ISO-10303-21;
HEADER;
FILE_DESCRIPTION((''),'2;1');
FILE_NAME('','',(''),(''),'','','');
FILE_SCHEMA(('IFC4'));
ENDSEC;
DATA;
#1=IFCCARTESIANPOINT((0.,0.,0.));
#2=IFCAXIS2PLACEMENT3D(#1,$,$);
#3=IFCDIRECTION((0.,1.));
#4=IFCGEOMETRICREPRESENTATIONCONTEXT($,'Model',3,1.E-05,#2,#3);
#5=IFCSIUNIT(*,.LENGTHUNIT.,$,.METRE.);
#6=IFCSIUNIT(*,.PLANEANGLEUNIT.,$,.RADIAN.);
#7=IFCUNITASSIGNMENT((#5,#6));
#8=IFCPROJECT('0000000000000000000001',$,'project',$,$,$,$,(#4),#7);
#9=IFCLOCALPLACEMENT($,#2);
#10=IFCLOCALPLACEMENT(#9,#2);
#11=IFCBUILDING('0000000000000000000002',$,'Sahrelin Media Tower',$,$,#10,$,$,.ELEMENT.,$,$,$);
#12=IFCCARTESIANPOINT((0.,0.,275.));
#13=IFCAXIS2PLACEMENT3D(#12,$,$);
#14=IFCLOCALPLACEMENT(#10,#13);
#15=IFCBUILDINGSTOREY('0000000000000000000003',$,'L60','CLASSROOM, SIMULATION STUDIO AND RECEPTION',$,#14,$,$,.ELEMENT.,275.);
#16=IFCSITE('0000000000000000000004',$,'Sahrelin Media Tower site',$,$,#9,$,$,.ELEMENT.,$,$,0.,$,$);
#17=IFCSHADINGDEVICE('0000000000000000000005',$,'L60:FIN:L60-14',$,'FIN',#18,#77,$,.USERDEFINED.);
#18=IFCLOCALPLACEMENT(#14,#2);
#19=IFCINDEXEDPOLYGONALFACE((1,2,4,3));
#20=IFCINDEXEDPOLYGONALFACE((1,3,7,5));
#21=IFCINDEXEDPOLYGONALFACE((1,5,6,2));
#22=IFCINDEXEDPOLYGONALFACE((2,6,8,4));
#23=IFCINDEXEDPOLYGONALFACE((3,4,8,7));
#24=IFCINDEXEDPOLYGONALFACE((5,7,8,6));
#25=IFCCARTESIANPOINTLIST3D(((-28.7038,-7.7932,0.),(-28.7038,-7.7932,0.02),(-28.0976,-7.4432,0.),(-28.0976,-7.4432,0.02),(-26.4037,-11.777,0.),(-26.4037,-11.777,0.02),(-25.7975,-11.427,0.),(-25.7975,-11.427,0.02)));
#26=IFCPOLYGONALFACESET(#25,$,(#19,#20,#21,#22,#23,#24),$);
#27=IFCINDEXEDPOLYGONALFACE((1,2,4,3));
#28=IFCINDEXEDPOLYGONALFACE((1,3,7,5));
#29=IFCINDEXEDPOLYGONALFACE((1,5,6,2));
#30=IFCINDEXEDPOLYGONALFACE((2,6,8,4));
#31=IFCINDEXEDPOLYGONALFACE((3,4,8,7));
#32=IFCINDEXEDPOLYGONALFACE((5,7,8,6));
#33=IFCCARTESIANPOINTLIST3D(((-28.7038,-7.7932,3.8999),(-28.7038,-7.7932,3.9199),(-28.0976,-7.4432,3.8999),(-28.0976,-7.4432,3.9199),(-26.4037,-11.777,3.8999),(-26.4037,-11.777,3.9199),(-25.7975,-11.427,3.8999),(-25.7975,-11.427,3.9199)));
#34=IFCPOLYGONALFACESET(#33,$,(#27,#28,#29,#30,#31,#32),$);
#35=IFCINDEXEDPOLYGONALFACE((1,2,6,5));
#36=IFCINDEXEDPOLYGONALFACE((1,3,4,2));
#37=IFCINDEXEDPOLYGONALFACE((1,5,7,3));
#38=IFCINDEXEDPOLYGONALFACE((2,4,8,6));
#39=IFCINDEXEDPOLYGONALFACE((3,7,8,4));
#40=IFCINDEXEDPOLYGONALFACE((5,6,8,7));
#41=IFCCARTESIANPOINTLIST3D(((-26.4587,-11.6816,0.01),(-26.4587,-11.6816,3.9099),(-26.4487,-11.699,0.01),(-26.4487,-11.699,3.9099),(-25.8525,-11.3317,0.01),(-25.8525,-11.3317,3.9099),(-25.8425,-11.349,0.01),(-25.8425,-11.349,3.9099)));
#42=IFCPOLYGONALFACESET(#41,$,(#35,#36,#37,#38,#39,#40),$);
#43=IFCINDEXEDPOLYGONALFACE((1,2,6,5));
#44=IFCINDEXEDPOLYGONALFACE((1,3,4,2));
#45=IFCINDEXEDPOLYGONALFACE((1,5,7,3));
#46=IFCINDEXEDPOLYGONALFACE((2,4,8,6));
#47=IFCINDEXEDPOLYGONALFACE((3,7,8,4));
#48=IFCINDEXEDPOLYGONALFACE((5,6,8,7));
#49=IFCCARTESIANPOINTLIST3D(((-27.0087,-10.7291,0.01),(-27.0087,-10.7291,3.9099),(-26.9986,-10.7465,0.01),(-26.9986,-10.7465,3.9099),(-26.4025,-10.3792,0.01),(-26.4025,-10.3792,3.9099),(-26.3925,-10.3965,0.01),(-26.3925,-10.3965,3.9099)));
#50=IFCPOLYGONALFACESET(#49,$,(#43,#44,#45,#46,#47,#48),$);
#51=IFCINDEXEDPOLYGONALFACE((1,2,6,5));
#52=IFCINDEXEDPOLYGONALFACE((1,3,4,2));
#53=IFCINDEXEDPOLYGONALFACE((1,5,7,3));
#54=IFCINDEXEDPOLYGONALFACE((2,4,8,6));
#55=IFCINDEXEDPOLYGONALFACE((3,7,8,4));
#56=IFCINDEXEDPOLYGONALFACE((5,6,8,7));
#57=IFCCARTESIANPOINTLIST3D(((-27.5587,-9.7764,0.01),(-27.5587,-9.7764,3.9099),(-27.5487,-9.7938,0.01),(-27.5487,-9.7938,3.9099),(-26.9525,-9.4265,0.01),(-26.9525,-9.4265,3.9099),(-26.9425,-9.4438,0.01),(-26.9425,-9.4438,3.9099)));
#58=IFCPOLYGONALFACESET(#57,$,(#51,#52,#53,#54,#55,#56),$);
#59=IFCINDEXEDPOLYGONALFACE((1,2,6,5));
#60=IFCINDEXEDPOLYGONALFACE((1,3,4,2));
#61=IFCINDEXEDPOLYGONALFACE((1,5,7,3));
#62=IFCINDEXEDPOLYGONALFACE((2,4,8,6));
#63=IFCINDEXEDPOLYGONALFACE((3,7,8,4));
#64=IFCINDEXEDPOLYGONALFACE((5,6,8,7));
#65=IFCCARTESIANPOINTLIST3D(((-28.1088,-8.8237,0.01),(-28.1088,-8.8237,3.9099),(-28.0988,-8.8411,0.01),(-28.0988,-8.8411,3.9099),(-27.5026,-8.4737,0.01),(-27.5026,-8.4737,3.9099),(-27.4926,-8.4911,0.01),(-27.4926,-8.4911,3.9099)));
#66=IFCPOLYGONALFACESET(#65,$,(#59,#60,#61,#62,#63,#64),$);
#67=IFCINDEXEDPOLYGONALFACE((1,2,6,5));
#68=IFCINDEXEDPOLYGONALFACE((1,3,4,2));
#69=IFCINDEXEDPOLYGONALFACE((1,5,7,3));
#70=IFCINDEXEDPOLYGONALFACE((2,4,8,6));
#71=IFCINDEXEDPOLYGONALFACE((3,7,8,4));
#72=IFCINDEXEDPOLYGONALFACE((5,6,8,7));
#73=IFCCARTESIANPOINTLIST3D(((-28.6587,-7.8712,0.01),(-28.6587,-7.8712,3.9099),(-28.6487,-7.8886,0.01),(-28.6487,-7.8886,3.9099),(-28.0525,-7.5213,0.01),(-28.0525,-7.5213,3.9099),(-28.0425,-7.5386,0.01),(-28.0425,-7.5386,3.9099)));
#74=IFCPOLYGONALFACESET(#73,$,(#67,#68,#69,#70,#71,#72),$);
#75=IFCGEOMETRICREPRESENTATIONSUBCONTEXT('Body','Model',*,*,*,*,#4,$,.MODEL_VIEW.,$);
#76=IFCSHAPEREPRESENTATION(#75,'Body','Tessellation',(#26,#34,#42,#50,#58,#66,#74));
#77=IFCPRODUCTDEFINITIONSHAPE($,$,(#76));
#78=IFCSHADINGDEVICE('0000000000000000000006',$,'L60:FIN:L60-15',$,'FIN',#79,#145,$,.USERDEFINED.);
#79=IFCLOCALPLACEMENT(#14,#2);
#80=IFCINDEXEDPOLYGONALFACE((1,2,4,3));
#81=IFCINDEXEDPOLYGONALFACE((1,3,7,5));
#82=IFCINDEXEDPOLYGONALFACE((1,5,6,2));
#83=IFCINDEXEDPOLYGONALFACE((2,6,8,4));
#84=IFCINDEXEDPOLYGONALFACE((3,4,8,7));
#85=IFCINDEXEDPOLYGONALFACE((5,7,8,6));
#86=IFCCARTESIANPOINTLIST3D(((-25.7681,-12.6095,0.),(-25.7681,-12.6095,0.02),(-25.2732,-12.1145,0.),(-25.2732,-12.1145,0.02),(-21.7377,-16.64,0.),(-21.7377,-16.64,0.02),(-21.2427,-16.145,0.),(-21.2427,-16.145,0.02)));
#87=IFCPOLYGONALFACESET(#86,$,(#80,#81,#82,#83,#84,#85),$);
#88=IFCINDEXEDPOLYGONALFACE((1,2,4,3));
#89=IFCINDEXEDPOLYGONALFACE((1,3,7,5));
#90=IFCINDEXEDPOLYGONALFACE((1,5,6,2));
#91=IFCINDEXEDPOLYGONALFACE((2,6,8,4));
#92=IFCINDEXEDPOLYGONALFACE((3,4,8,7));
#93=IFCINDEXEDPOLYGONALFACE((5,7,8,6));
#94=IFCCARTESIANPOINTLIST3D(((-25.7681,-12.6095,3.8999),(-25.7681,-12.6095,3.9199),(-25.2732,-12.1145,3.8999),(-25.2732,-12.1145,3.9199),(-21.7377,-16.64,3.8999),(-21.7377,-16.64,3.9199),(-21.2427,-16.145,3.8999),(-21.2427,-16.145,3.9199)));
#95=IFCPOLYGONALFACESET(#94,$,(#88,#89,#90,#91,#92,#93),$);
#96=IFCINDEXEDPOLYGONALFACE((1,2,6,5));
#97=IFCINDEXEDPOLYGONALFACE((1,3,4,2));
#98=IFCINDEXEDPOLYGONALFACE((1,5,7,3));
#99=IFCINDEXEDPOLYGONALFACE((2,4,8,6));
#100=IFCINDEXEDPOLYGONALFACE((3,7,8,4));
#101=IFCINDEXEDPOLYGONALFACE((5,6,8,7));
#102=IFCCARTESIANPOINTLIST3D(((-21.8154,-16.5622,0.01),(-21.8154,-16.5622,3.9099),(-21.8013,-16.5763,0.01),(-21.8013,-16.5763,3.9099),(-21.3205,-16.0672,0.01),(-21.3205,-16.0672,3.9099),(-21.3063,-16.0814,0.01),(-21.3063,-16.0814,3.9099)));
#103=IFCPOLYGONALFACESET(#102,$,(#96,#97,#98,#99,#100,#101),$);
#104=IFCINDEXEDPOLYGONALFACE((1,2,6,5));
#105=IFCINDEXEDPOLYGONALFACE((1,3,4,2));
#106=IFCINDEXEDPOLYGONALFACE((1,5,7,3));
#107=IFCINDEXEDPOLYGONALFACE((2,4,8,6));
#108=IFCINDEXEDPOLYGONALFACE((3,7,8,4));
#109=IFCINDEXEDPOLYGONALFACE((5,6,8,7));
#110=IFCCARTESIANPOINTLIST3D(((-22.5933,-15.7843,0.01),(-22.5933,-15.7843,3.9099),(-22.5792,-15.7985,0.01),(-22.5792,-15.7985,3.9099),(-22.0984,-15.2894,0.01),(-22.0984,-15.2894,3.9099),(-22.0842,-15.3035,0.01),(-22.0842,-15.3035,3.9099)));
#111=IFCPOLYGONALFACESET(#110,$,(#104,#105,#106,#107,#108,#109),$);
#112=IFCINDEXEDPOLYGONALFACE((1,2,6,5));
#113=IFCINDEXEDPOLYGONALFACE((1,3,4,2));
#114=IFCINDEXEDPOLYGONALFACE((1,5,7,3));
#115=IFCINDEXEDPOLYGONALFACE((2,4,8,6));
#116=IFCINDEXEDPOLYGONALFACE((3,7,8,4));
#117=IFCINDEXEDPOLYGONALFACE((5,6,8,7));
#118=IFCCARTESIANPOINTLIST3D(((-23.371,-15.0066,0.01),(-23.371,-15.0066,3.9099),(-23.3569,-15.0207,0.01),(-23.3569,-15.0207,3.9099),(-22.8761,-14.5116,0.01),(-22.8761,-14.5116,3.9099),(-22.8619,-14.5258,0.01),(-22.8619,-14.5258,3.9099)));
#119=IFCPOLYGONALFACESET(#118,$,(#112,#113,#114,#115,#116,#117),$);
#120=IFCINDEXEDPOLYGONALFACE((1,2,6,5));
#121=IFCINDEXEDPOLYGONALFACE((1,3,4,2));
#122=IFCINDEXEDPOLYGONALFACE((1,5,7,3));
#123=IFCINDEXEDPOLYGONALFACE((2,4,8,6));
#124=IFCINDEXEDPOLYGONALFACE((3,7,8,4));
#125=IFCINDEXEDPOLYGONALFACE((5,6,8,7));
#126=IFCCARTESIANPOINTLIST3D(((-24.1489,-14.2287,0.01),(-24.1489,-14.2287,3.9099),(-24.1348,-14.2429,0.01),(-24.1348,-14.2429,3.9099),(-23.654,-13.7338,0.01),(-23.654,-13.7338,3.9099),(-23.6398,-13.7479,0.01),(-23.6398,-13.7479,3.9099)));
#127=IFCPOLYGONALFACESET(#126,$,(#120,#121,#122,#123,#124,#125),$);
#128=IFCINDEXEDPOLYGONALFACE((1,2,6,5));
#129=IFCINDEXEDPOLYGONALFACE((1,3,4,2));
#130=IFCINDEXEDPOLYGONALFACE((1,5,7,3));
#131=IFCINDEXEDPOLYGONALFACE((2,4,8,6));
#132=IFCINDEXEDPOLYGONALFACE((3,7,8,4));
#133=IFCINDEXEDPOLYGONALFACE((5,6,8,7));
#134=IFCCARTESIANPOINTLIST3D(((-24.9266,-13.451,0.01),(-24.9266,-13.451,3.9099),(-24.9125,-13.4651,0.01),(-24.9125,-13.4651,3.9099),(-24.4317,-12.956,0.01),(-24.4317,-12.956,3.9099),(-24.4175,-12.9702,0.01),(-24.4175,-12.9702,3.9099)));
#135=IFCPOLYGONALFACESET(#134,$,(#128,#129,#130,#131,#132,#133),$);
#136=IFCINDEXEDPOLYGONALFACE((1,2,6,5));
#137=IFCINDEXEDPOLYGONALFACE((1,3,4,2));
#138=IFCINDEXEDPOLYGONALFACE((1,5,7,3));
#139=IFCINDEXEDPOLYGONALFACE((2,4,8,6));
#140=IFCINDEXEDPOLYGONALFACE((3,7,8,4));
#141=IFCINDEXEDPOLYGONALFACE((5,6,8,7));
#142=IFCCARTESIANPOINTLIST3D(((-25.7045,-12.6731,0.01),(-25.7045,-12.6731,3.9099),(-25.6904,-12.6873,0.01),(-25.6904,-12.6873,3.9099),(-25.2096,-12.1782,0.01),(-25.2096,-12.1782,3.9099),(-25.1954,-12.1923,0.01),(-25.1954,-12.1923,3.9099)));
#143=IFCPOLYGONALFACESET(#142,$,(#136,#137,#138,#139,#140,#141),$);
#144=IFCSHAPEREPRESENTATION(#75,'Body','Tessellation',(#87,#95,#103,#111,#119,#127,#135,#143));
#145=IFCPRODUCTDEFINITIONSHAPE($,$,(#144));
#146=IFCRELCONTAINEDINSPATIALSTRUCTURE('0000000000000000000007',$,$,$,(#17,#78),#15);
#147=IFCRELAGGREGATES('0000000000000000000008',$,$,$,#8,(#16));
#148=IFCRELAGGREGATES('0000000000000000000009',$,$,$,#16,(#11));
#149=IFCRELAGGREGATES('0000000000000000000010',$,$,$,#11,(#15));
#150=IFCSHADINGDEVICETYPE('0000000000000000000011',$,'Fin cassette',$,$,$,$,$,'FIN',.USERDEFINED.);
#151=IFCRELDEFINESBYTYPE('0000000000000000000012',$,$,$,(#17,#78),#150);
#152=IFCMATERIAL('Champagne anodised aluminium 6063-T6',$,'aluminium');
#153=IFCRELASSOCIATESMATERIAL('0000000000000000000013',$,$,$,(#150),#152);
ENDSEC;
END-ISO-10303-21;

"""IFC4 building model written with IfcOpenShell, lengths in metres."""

from ifc_helpers import new_model, si_unit, direction, frame, origin, origin_2d, place, context, subcontext, project, spatial, rectangle, extrude, material, type_object, element, save


model = new_model("IFC4")

# Units and contexts
model_context = context("Model", 3, precision=1e-05, world=origin(), true_north=direction((0.0, 1.0)))
body_context = subcontext(model_context, "Body", "Model", "MODEL_VIEW")
ifc_project = project(units=[si_unit("LENGTHUNIT", "METRE"), si_unit("PLANEANGLEUNIT", "RADIAN")], contexts=[model_context])

# Site, building, storey
site_placement = place(None, origin())
site = spatial("IfcSite", under=ifc_project, at=site_placement, Name="Sahrelin Media Tower site", CompositionType="ELEMENT", RefElevation=0.0)
building_placement = place(site_placement, origin())
building = spatial("IfcBuilding", under=site, at=building_placement, Name="Sahrelin Media Tower", CompositionType="ELEMENT")
storey_placement = place(building_placement, frame((0.0, 0.0, 275.0)))
storey = spatial("IfcBuildingStorey", under=building, at=storey_placement, Name="L60", Description="CLASSROOM, SIMULATION STUDIO AND RECEPTION", CompositionType="ELEMENT", Elevation=275.0)

# Shared definitions
ifc_material_1 = material(Name="Champagne anodised aluminium 6063-T6", Category="aluminium")

# Shading devices
shading_device_type_1 = type_object("IfcShadingDeviceType", Name="Fin cassette", ElementType="FIN", PredefinedType="USERDEFINED", material=ifc_material_1)
placement_1 = place(storey_placement, frame((-26.887, -9.4001, 0.0), z_axis=(0.0, 0.0, 1.0), x_axis=(-0.500011, 0.866019, 0.0)))
element("IfcShadingDevice", 1, at=placement_1, inside=storey, type_object=shading_device_type_1, Name="L60:FIN:L60-14", ObjectType="FIN", PredefinedType="USERDEFINED", context=body_context, shape_type="SweptSolid", body=[
    extrude(rectangle(XDim=4.6001, YDim=0.7, at=origin_2d()), frame((0.0, 0.4199, 0.0)), (0.0, 0.0, 1.0), 0.02),
    extrude(rectangle(XDim=4.6001, YDim=0.7, at=origin_2d()), frame((0.0, 0.4199, 3.8999)), (0.0, 0.0, 1.0), 0.02),
    extrude(rectangle(XDim=0.02, YDim=0.7, at=origin_2d()), frame((-2.2, 0.4199, 0.01), z_axis=(0.0, 0.0, 1.0), x_axis=(1.0, 0.0, 0.0)), (0.0, 0.0, 1.0), 3.8999),
    extrude(rectangle(XDim=0.02, YDim=0.7, at=origin_2d()), frame((-1.1001, 0.4199, 0.01), z_axis=(0.0, 0.0, 1.0), x_axis=(1.0, 0.0, 0.0)), (0.0, 0.0, 1.0), 3.8999),
    extrude(rectangle(XDim=0.02, YDim=0.7, at=origin_2d()), frame((0.0, 0.4199, 0.01), z_axis=(0.0, 0.0, 1.0), x_axis=(1.0, 0.0, 0.0)), (0.0, 0.0, 1.0), 3.8999),
    extrude(rectangle(XDim=0.02, YDim=0.7, at=origin_2d()), frame((1.1001, 0.4199, 0.01), z_axis=(0.0, 0.0, 1.0), x_axis=(1.0, 0.0, 0.0)), (0.0, 0.0, 1.0), 3.8999),
    extrude(rectangle(XDim=0.02, YDim=0.7, at=origin_2d()), frame((2.2, 0.4199, 0.01), z_axis=(0.0, 0.0, 1.0), x_axis=(1.0, 0.0, 0.0)), (0.0, 0.0, 1.0), 3.8999),
])
placement_2 = place(storey_placement, frame((-23.2085, -14.0803, 0.0), z_axis=(0.0, 0.0, 1.0), x_axis=(-0.707107, 0.707107, 0.0)))
element("IfcShadingDevice", 2, at=placement_2, inside=storey, type_object=shading_device_type_1, Name="L60:FIN:L60-15", ObjectType="FIN", PredefinedType="USERDEFINED", context=body_context, shape_type="SweptSolid", body=[
    extrude(rectangle(XDim=5.7, YDim=0.7, at=origin_2d()), frame((0.0, 0.4199, 0.0)), (0.0, 0.0, 1.0), 0.02),
    extrude(rectangle(XDim=5.7, YDim=0.7, at=origin_2d()), frame((0.0, 0.4199, 3.8999)), (0.0, 0.0, 1.0), 0.02),
    extrude(rectangle(XDim=0.02, YDim=0.7, at=origin_2d()), frame((-2.75, 0.4199, 0.01), z_axis=(0.0, 0.0, 1.0), x_axis=(1.0, 0.0, 0.0)), (0.0, 0.0, 1.0), 3.8999),
    extrude(rectangle(XDim=0.02, YDim=0.7, at=origin_2d()), frame((-1.6499, 0.4199, 0.01), z_axis=(0.0, 0.0, 1.0), x_axis=(1.0, 0.0, 0.0)), (0.0, 0.0, 1.0), 3.8999),
    extrude(rectangle(XDim=0.02, YDim=0.7, at=origin_2d()), frame((-0.55, 0.4199, 0.01), z_axis=(0.0, 0.0, 1.0), x_axis=(1.0, 0.0, 0.0)), (0.0, 0.0, 1.0), 3.8999),
    extrude(rectangle(XDim=0.02, YDim=0.7, at=origin_2d()), frame((0.55, 0.4199, 0.01), z_axis=(0.0, 0.0, 1.0), x_axis=(1.0, 0.0, 0.0)), (0.0, 0.0, 1.0), 3.8999),
    extrude(rectangle(XDim=0.02, YDim=0.7, at=origin_2d()), frame((1.6499, 0.4199, 0.01), z_axis=(0.0, 0.0, 1.0), x_axis=(1.0, 0.0, 0.0)), (0.0, 0.0, 1.0), 3.8999),
    extrude(rectangle(XDim=0.02, YDim=0.7, at=origin_2d()), frame((2.75, 0.4199, 0.01), z_axis=(0.0, 0.0, 1.0), x_axis=(1.0, 0.0, 0.0)), (0.0, 0.0, 1.0), 3.8999),
])

save(model, "model.ifc")
